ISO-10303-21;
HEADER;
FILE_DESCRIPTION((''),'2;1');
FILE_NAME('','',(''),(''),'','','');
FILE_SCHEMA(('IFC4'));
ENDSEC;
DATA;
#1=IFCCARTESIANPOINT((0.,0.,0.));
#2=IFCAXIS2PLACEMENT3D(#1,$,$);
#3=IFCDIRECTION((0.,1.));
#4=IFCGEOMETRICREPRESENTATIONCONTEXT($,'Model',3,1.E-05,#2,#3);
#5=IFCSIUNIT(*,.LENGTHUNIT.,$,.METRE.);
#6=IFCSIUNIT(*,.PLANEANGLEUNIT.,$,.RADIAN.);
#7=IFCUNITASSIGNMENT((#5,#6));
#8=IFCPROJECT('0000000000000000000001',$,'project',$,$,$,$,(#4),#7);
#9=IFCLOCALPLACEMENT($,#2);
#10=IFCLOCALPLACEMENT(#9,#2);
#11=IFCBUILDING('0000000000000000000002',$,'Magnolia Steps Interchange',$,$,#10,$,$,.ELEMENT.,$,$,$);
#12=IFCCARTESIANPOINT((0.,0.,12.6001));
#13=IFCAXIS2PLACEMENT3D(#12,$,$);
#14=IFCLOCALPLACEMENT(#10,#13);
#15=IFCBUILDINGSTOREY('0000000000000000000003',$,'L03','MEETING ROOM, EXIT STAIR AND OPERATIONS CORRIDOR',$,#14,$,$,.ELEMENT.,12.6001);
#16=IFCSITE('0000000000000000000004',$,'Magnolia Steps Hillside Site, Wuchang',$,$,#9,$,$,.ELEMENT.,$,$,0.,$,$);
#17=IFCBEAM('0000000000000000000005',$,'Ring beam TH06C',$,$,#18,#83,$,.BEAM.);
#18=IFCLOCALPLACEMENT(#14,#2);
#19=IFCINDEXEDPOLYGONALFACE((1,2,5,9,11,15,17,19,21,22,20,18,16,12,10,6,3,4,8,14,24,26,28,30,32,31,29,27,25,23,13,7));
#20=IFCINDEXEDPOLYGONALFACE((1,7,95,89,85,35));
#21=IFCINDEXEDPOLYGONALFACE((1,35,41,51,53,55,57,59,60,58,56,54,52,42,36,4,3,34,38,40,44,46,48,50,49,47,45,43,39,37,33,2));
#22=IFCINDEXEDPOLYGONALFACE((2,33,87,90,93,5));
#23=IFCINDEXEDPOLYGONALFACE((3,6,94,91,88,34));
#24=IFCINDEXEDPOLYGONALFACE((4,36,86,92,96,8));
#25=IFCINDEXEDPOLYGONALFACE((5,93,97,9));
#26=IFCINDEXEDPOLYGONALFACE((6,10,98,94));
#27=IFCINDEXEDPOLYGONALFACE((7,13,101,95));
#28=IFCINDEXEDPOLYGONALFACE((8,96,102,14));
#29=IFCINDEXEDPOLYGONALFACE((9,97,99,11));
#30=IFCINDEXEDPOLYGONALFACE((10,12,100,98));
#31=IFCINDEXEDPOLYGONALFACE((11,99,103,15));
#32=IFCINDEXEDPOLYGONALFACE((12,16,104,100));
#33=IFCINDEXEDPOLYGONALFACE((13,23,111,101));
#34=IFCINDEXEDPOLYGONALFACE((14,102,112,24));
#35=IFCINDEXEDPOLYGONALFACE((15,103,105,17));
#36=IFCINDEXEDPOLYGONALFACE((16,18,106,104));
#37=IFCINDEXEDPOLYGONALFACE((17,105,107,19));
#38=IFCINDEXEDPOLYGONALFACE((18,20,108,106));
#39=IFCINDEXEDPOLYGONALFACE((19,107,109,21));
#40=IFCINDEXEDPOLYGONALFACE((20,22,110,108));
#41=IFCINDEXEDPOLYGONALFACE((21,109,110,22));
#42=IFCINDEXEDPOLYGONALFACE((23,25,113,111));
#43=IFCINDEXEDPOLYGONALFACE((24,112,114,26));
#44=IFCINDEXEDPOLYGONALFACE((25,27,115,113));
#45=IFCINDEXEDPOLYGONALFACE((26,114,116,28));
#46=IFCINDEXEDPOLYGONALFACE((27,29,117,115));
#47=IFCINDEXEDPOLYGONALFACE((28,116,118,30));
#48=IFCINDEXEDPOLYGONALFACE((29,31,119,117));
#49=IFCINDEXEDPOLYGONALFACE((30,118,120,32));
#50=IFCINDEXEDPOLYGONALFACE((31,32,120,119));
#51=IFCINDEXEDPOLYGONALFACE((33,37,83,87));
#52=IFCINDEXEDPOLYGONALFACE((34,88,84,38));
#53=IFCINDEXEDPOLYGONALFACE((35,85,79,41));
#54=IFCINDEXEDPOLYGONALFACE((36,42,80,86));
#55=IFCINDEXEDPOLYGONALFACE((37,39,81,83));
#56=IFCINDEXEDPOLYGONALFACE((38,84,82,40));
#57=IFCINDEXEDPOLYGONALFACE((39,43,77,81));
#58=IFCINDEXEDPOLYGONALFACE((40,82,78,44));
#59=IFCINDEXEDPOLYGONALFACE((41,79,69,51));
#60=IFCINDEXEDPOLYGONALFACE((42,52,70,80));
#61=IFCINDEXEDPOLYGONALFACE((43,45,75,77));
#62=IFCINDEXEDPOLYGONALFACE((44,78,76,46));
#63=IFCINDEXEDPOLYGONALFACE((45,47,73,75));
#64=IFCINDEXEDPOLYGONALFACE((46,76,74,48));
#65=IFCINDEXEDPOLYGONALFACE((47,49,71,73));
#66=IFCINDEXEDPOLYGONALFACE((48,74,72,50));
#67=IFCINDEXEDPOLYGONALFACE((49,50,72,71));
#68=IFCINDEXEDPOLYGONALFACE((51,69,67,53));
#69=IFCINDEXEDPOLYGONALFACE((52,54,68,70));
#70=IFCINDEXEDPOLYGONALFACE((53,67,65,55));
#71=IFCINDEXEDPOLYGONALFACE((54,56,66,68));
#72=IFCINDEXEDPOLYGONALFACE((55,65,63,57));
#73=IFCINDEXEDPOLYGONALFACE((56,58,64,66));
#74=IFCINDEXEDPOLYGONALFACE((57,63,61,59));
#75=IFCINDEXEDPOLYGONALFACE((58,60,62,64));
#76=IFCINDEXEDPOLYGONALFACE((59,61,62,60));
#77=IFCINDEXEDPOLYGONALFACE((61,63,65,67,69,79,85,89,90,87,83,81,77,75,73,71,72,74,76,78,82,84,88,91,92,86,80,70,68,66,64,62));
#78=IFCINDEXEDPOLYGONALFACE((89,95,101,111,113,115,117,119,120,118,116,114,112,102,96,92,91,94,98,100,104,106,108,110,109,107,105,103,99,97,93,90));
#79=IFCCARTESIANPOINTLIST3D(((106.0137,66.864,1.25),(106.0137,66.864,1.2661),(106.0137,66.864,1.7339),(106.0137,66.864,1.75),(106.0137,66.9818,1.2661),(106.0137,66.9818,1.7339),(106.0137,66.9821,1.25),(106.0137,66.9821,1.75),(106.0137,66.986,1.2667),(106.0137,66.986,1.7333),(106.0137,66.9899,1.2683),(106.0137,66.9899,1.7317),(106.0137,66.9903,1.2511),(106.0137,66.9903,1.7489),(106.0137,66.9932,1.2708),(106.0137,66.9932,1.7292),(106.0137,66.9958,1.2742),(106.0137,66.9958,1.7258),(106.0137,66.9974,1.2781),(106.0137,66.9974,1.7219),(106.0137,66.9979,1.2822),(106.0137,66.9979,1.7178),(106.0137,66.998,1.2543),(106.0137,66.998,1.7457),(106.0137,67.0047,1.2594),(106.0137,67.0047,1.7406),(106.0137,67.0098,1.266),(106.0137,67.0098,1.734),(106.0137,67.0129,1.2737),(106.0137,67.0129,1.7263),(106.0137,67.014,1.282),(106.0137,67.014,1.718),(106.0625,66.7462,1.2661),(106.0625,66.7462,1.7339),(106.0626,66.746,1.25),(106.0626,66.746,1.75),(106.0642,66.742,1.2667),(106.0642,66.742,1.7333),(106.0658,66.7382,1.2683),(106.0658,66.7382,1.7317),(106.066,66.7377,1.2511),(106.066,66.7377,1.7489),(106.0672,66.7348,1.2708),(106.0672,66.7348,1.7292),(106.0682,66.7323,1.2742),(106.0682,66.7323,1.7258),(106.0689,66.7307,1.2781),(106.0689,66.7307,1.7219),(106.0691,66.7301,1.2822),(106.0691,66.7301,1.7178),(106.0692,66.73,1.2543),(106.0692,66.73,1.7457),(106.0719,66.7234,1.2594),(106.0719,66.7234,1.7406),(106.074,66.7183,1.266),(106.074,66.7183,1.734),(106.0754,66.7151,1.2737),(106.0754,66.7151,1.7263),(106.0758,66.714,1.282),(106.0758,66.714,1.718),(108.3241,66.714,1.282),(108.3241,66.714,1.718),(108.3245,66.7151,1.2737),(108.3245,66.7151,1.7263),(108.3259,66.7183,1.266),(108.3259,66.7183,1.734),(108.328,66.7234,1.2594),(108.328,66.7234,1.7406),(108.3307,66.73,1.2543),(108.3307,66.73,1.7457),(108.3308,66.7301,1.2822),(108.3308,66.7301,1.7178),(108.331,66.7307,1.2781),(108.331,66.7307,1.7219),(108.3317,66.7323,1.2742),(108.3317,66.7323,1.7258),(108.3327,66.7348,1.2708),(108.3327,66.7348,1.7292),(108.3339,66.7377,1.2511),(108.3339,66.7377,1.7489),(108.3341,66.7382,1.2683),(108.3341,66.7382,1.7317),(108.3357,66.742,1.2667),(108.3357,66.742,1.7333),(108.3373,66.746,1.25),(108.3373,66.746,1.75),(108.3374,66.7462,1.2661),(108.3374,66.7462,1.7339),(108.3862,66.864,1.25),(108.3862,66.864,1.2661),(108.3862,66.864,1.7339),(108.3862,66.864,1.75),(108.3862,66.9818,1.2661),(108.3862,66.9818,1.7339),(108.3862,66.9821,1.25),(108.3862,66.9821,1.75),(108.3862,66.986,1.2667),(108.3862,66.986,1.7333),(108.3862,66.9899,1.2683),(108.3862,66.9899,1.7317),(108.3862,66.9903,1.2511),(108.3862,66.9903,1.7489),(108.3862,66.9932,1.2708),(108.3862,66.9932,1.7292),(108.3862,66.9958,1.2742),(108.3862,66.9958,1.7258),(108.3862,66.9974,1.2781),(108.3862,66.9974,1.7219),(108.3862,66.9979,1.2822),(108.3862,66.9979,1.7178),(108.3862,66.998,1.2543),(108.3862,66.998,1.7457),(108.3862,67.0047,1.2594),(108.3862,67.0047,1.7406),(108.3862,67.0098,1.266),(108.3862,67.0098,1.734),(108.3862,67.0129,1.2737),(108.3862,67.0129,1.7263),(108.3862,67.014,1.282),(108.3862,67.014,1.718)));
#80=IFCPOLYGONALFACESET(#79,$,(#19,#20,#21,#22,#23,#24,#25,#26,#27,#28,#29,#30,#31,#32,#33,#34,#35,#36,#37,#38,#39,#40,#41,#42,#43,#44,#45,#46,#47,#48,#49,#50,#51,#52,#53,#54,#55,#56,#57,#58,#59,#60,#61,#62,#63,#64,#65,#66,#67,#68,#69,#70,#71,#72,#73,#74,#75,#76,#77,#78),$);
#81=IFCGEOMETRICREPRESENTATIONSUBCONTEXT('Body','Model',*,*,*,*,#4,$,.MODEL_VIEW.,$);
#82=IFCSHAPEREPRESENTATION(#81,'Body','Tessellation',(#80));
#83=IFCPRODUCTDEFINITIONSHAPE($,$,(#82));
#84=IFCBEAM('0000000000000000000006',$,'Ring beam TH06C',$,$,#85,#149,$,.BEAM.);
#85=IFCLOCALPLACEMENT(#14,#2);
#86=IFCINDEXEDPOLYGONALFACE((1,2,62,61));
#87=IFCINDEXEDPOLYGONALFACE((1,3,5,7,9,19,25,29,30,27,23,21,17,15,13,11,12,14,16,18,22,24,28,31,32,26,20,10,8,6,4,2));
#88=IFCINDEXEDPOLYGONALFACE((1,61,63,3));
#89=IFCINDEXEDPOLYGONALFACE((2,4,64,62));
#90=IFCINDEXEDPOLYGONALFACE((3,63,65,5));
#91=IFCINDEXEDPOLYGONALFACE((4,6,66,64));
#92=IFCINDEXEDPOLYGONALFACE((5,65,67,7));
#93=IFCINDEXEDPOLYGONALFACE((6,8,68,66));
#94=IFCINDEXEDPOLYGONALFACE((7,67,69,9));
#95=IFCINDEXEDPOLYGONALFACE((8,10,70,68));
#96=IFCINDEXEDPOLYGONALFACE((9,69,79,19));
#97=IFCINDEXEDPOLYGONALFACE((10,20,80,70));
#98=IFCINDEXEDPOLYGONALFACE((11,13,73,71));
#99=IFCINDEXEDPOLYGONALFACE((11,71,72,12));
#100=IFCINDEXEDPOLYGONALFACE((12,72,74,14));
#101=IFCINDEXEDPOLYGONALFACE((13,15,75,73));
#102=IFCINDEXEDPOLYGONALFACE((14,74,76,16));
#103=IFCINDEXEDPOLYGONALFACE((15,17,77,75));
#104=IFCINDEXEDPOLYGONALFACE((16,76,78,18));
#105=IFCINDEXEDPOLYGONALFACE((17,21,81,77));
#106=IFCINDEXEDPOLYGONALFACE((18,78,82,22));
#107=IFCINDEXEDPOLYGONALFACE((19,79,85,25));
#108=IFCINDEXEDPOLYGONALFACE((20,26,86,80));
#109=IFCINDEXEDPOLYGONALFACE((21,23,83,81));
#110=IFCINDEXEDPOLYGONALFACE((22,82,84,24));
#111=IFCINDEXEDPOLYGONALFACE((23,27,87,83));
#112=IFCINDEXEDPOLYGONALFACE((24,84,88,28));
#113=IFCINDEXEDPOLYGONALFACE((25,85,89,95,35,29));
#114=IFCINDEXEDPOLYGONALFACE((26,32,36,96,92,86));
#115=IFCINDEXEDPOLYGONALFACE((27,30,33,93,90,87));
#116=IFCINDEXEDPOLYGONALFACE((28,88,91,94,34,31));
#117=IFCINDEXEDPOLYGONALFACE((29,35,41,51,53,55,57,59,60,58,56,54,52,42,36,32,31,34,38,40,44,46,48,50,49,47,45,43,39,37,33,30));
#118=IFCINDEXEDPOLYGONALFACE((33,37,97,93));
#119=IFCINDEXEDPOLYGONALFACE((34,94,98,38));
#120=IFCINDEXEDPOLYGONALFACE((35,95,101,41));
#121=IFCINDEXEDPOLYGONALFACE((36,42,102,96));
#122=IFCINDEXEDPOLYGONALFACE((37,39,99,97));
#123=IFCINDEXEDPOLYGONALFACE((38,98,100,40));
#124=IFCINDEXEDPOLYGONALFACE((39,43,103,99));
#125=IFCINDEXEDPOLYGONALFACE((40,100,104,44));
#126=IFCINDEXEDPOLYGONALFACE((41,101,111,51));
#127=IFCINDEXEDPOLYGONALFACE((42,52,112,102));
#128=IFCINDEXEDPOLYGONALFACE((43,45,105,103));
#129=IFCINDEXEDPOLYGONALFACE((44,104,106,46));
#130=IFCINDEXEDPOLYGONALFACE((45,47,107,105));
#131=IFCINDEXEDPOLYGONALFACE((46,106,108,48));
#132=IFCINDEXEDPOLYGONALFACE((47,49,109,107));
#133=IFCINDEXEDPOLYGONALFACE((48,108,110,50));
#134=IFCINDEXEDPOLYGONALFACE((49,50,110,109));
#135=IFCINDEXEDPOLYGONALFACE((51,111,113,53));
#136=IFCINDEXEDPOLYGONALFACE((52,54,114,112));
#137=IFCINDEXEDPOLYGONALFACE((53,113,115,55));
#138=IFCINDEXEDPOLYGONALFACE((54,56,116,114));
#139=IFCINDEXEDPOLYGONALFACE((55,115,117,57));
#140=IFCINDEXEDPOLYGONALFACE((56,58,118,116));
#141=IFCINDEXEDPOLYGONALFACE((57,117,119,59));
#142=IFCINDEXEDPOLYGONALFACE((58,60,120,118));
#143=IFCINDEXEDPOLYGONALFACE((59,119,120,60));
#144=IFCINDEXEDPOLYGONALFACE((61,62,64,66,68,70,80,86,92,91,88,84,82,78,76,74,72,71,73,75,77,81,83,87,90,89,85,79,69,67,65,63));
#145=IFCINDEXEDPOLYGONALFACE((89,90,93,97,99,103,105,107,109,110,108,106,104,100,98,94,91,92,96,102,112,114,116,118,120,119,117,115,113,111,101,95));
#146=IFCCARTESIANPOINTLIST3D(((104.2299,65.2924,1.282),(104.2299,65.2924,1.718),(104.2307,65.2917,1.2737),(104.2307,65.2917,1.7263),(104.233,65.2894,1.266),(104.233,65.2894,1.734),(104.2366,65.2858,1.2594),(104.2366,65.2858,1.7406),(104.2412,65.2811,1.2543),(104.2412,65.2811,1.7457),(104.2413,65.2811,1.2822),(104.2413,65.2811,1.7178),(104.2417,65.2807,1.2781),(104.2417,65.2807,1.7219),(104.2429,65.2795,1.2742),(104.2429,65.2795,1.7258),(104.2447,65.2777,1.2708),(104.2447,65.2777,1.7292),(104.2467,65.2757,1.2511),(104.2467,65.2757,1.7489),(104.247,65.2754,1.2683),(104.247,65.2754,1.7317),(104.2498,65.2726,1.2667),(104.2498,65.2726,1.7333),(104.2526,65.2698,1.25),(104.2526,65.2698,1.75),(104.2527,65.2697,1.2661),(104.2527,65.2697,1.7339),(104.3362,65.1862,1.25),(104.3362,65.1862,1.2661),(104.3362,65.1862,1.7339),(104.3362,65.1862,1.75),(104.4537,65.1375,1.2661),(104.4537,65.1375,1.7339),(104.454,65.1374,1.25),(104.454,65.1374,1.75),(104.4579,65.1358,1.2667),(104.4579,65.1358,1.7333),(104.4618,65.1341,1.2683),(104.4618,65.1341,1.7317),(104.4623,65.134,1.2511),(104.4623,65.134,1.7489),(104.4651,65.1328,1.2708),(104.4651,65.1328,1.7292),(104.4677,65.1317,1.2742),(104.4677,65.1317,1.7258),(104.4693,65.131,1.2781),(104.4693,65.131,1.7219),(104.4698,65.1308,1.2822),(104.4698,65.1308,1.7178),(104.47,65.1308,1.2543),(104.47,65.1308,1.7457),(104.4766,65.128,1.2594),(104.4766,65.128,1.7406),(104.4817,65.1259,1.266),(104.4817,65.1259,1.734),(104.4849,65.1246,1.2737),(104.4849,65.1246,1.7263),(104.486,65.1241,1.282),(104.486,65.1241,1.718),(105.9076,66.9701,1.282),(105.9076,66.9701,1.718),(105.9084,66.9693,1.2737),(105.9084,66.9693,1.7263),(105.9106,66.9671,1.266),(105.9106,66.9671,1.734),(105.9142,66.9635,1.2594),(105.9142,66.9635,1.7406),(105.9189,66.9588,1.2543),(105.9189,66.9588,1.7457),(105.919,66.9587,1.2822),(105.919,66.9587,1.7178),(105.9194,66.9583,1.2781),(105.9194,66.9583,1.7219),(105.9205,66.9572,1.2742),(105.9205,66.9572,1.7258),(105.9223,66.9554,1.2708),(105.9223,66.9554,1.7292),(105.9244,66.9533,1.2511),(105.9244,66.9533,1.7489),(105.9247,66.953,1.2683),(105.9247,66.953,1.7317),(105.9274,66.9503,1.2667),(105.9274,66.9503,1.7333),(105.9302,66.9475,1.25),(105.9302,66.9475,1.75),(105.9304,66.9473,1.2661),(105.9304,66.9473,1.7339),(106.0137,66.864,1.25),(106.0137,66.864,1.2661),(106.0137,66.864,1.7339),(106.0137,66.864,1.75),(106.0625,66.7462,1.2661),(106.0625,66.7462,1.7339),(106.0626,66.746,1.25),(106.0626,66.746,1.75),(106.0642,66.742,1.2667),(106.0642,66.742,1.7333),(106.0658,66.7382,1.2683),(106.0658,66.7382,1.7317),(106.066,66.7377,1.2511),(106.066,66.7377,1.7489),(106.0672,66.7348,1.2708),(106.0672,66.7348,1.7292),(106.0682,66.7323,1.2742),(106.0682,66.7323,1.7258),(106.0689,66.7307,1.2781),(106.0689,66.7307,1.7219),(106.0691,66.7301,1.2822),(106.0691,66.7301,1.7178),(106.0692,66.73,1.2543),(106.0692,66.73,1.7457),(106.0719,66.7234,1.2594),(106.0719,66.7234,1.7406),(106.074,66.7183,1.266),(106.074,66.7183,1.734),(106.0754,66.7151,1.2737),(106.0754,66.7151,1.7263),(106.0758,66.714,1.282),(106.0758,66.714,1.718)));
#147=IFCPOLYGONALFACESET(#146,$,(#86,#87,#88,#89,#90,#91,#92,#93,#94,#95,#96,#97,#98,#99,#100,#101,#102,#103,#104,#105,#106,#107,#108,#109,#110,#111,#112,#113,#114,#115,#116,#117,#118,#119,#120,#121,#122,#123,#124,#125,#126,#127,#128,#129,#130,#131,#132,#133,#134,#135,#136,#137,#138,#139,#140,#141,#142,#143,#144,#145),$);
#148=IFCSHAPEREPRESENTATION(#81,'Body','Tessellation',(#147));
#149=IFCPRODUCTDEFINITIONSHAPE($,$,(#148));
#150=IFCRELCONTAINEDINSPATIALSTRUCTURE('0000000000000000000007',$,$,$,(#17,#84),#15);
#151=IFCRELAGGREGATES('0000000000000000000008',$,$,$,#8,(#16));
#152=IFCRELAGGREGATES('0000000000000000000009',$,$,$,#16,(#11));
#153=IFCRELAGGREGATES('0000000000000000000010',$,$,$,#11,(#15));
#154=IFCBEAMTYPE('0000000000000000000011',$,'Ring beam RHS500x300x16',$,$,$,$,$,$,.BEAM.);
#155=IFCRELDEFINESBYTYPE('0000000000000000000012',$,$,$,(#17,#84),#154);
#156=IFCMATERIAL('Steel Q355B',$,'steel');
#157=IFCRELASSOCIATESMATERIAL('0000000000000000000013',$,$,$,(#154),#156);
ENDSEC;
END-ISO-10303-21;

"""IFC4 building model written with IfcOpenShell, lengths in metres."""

from ifc_helpers import new_model, si_unit, direction, frame, origin, origin_2d, place, context, subcontext, project, spatial, hollow_rectangle, extrude, clip, halfspace, material, material_profile, profile_set, type_object, element, save


model = new_model("IFC4")

# Units and contexts
model_context = context("Model", 3, precision=1e-05, world=origin(), true_north=direction((0.0, 1.0)))
body_context = subcontext(model_context, "Body", "Model", "MODEL_VIEW")
ifc_project = project(units=[si_unit("LENGTHUNIT", "METRE"), si_unit("PLANEANGLEUNIT", "RADIAN")], contexts=[model_context])

# Site, building, storey
site_placement = place(None, origin())
site = spatial("IfcSite", under=ifc_project, at=site_placement, Name="Magnolia Steps Hillside Site, Wuchang", CompositionType="ELEMENT", RefElevation=0.0)
building_placement = place(site_placement, origin())
building = spatial("IfcBuilding", under=site, at=building_placement, Name="Magnolia Steps Interchange", CompositionType="ELEMENT")
storey_placement = place(building_placement, frame((0.0, 0.0, 12.6001)))
storey = spatial("IfcBuildingStorey", under=building, at=storey_placement, Name="L03", Description="MEETING ROOM, EXIT STAIR AND OPERATIONS CORRIDOR", CompositionType="ELEMENT", Elevation=12.6001)

# Beams
ifc_material_1 = material(Name="Steel Q355B", Category="steel")
ifc_material_profile_1 = material_profile(ifc_material_1, hollow_rectangle(XDim=0.3, YDim=0.5, WallThickness=0.0161, InnerFilletRadius=0.0161, OuterFilletRadius=0.032, at=origin_2d()), Name="RHS500x300x16")
ifc_profile_set_1 = profile_set([ifc_material_profile_1], Name="Steel Q355B")
beam_type_1 = type_object("IfcBeamType", Name="Ring beam RHS500x300x16", PredefinedType="BEAM", material=ifc_profile_set_1)
beam_1_placement = place(storey_placement, frame((108.3862, 66.864, 1.5), z_axis=(-1.0, 0.0, 0.0), x_axis=(0.0, -1.0, 0.0)))
element("IfcBeam", 1, at=beam_1_placement, inside=storey, type_object=beam_type_1, Name="Ring beam TH06C", PredefinedType="BEAM", context=body_context, shape_type="Clipping", body=[
    clip(clip(extrude(hollow_rectangle(XDim=0.3, YDim=0.5, WallThickness=0.0161, InnerFilletRadius=0.0161, OuterFilletRadius=0.032, at=origin_2d()), origin(), (0.0, 0.0, 1.0), 2.3726), halfspace(frame((0.0, 0.0, 0.0), z_axis=(0.382683, 0.0, -0.92388), x_axis=(0.92388, 0.0, 0.382683)), False)), halfspace(frame((0.0, 0.0, 2.3726), z_axis=(0.382683, 0.0, 0.92388), x_axis=(0.92388, 0.0, -0.382683)), False)),
])
for number, where, z_axis, x_axis, name in (
    (2, (106.0137, 66.864, 1.5), (-0.707107, -0.707107, 0.0), (0.707107, -0.707107, 0.0), "Ring beam TH06C"),
):
    element("IfcBeam", number, at=place(storey_placement, frame(where, z_axis=z_axis, x_axis=x_axis)), inside=storey, type_object=beam_type_1, Name=name, PredefinedType="BEAM", context=body_context, shape_type="Clipping", body=[
        clip(clip(extrude(hollow_rectangle(XDim=0.3, YDim=0.5, WallThickness=0.0161, InnerFilletRadius=0.0161, OuterFilletRadius=0.032, at=origin_2d()), origin(), (0.0, 0.0, 1.0), 2.3726), halfspace(frame((0.0, 0.0, 0.0), z_axis=(0.382683, 0.0, -0.92388), x_axis=(0.92388, 0.0, 0.382683)), False)), halfspace(frame((0.0, 0.0, 2.3727), z_axis=(0.382683, 0.0, 0.92388), x_axis=(0.92388, 0.0, -0.382683)), False)),
    ])

save(model, "model.ifc")
